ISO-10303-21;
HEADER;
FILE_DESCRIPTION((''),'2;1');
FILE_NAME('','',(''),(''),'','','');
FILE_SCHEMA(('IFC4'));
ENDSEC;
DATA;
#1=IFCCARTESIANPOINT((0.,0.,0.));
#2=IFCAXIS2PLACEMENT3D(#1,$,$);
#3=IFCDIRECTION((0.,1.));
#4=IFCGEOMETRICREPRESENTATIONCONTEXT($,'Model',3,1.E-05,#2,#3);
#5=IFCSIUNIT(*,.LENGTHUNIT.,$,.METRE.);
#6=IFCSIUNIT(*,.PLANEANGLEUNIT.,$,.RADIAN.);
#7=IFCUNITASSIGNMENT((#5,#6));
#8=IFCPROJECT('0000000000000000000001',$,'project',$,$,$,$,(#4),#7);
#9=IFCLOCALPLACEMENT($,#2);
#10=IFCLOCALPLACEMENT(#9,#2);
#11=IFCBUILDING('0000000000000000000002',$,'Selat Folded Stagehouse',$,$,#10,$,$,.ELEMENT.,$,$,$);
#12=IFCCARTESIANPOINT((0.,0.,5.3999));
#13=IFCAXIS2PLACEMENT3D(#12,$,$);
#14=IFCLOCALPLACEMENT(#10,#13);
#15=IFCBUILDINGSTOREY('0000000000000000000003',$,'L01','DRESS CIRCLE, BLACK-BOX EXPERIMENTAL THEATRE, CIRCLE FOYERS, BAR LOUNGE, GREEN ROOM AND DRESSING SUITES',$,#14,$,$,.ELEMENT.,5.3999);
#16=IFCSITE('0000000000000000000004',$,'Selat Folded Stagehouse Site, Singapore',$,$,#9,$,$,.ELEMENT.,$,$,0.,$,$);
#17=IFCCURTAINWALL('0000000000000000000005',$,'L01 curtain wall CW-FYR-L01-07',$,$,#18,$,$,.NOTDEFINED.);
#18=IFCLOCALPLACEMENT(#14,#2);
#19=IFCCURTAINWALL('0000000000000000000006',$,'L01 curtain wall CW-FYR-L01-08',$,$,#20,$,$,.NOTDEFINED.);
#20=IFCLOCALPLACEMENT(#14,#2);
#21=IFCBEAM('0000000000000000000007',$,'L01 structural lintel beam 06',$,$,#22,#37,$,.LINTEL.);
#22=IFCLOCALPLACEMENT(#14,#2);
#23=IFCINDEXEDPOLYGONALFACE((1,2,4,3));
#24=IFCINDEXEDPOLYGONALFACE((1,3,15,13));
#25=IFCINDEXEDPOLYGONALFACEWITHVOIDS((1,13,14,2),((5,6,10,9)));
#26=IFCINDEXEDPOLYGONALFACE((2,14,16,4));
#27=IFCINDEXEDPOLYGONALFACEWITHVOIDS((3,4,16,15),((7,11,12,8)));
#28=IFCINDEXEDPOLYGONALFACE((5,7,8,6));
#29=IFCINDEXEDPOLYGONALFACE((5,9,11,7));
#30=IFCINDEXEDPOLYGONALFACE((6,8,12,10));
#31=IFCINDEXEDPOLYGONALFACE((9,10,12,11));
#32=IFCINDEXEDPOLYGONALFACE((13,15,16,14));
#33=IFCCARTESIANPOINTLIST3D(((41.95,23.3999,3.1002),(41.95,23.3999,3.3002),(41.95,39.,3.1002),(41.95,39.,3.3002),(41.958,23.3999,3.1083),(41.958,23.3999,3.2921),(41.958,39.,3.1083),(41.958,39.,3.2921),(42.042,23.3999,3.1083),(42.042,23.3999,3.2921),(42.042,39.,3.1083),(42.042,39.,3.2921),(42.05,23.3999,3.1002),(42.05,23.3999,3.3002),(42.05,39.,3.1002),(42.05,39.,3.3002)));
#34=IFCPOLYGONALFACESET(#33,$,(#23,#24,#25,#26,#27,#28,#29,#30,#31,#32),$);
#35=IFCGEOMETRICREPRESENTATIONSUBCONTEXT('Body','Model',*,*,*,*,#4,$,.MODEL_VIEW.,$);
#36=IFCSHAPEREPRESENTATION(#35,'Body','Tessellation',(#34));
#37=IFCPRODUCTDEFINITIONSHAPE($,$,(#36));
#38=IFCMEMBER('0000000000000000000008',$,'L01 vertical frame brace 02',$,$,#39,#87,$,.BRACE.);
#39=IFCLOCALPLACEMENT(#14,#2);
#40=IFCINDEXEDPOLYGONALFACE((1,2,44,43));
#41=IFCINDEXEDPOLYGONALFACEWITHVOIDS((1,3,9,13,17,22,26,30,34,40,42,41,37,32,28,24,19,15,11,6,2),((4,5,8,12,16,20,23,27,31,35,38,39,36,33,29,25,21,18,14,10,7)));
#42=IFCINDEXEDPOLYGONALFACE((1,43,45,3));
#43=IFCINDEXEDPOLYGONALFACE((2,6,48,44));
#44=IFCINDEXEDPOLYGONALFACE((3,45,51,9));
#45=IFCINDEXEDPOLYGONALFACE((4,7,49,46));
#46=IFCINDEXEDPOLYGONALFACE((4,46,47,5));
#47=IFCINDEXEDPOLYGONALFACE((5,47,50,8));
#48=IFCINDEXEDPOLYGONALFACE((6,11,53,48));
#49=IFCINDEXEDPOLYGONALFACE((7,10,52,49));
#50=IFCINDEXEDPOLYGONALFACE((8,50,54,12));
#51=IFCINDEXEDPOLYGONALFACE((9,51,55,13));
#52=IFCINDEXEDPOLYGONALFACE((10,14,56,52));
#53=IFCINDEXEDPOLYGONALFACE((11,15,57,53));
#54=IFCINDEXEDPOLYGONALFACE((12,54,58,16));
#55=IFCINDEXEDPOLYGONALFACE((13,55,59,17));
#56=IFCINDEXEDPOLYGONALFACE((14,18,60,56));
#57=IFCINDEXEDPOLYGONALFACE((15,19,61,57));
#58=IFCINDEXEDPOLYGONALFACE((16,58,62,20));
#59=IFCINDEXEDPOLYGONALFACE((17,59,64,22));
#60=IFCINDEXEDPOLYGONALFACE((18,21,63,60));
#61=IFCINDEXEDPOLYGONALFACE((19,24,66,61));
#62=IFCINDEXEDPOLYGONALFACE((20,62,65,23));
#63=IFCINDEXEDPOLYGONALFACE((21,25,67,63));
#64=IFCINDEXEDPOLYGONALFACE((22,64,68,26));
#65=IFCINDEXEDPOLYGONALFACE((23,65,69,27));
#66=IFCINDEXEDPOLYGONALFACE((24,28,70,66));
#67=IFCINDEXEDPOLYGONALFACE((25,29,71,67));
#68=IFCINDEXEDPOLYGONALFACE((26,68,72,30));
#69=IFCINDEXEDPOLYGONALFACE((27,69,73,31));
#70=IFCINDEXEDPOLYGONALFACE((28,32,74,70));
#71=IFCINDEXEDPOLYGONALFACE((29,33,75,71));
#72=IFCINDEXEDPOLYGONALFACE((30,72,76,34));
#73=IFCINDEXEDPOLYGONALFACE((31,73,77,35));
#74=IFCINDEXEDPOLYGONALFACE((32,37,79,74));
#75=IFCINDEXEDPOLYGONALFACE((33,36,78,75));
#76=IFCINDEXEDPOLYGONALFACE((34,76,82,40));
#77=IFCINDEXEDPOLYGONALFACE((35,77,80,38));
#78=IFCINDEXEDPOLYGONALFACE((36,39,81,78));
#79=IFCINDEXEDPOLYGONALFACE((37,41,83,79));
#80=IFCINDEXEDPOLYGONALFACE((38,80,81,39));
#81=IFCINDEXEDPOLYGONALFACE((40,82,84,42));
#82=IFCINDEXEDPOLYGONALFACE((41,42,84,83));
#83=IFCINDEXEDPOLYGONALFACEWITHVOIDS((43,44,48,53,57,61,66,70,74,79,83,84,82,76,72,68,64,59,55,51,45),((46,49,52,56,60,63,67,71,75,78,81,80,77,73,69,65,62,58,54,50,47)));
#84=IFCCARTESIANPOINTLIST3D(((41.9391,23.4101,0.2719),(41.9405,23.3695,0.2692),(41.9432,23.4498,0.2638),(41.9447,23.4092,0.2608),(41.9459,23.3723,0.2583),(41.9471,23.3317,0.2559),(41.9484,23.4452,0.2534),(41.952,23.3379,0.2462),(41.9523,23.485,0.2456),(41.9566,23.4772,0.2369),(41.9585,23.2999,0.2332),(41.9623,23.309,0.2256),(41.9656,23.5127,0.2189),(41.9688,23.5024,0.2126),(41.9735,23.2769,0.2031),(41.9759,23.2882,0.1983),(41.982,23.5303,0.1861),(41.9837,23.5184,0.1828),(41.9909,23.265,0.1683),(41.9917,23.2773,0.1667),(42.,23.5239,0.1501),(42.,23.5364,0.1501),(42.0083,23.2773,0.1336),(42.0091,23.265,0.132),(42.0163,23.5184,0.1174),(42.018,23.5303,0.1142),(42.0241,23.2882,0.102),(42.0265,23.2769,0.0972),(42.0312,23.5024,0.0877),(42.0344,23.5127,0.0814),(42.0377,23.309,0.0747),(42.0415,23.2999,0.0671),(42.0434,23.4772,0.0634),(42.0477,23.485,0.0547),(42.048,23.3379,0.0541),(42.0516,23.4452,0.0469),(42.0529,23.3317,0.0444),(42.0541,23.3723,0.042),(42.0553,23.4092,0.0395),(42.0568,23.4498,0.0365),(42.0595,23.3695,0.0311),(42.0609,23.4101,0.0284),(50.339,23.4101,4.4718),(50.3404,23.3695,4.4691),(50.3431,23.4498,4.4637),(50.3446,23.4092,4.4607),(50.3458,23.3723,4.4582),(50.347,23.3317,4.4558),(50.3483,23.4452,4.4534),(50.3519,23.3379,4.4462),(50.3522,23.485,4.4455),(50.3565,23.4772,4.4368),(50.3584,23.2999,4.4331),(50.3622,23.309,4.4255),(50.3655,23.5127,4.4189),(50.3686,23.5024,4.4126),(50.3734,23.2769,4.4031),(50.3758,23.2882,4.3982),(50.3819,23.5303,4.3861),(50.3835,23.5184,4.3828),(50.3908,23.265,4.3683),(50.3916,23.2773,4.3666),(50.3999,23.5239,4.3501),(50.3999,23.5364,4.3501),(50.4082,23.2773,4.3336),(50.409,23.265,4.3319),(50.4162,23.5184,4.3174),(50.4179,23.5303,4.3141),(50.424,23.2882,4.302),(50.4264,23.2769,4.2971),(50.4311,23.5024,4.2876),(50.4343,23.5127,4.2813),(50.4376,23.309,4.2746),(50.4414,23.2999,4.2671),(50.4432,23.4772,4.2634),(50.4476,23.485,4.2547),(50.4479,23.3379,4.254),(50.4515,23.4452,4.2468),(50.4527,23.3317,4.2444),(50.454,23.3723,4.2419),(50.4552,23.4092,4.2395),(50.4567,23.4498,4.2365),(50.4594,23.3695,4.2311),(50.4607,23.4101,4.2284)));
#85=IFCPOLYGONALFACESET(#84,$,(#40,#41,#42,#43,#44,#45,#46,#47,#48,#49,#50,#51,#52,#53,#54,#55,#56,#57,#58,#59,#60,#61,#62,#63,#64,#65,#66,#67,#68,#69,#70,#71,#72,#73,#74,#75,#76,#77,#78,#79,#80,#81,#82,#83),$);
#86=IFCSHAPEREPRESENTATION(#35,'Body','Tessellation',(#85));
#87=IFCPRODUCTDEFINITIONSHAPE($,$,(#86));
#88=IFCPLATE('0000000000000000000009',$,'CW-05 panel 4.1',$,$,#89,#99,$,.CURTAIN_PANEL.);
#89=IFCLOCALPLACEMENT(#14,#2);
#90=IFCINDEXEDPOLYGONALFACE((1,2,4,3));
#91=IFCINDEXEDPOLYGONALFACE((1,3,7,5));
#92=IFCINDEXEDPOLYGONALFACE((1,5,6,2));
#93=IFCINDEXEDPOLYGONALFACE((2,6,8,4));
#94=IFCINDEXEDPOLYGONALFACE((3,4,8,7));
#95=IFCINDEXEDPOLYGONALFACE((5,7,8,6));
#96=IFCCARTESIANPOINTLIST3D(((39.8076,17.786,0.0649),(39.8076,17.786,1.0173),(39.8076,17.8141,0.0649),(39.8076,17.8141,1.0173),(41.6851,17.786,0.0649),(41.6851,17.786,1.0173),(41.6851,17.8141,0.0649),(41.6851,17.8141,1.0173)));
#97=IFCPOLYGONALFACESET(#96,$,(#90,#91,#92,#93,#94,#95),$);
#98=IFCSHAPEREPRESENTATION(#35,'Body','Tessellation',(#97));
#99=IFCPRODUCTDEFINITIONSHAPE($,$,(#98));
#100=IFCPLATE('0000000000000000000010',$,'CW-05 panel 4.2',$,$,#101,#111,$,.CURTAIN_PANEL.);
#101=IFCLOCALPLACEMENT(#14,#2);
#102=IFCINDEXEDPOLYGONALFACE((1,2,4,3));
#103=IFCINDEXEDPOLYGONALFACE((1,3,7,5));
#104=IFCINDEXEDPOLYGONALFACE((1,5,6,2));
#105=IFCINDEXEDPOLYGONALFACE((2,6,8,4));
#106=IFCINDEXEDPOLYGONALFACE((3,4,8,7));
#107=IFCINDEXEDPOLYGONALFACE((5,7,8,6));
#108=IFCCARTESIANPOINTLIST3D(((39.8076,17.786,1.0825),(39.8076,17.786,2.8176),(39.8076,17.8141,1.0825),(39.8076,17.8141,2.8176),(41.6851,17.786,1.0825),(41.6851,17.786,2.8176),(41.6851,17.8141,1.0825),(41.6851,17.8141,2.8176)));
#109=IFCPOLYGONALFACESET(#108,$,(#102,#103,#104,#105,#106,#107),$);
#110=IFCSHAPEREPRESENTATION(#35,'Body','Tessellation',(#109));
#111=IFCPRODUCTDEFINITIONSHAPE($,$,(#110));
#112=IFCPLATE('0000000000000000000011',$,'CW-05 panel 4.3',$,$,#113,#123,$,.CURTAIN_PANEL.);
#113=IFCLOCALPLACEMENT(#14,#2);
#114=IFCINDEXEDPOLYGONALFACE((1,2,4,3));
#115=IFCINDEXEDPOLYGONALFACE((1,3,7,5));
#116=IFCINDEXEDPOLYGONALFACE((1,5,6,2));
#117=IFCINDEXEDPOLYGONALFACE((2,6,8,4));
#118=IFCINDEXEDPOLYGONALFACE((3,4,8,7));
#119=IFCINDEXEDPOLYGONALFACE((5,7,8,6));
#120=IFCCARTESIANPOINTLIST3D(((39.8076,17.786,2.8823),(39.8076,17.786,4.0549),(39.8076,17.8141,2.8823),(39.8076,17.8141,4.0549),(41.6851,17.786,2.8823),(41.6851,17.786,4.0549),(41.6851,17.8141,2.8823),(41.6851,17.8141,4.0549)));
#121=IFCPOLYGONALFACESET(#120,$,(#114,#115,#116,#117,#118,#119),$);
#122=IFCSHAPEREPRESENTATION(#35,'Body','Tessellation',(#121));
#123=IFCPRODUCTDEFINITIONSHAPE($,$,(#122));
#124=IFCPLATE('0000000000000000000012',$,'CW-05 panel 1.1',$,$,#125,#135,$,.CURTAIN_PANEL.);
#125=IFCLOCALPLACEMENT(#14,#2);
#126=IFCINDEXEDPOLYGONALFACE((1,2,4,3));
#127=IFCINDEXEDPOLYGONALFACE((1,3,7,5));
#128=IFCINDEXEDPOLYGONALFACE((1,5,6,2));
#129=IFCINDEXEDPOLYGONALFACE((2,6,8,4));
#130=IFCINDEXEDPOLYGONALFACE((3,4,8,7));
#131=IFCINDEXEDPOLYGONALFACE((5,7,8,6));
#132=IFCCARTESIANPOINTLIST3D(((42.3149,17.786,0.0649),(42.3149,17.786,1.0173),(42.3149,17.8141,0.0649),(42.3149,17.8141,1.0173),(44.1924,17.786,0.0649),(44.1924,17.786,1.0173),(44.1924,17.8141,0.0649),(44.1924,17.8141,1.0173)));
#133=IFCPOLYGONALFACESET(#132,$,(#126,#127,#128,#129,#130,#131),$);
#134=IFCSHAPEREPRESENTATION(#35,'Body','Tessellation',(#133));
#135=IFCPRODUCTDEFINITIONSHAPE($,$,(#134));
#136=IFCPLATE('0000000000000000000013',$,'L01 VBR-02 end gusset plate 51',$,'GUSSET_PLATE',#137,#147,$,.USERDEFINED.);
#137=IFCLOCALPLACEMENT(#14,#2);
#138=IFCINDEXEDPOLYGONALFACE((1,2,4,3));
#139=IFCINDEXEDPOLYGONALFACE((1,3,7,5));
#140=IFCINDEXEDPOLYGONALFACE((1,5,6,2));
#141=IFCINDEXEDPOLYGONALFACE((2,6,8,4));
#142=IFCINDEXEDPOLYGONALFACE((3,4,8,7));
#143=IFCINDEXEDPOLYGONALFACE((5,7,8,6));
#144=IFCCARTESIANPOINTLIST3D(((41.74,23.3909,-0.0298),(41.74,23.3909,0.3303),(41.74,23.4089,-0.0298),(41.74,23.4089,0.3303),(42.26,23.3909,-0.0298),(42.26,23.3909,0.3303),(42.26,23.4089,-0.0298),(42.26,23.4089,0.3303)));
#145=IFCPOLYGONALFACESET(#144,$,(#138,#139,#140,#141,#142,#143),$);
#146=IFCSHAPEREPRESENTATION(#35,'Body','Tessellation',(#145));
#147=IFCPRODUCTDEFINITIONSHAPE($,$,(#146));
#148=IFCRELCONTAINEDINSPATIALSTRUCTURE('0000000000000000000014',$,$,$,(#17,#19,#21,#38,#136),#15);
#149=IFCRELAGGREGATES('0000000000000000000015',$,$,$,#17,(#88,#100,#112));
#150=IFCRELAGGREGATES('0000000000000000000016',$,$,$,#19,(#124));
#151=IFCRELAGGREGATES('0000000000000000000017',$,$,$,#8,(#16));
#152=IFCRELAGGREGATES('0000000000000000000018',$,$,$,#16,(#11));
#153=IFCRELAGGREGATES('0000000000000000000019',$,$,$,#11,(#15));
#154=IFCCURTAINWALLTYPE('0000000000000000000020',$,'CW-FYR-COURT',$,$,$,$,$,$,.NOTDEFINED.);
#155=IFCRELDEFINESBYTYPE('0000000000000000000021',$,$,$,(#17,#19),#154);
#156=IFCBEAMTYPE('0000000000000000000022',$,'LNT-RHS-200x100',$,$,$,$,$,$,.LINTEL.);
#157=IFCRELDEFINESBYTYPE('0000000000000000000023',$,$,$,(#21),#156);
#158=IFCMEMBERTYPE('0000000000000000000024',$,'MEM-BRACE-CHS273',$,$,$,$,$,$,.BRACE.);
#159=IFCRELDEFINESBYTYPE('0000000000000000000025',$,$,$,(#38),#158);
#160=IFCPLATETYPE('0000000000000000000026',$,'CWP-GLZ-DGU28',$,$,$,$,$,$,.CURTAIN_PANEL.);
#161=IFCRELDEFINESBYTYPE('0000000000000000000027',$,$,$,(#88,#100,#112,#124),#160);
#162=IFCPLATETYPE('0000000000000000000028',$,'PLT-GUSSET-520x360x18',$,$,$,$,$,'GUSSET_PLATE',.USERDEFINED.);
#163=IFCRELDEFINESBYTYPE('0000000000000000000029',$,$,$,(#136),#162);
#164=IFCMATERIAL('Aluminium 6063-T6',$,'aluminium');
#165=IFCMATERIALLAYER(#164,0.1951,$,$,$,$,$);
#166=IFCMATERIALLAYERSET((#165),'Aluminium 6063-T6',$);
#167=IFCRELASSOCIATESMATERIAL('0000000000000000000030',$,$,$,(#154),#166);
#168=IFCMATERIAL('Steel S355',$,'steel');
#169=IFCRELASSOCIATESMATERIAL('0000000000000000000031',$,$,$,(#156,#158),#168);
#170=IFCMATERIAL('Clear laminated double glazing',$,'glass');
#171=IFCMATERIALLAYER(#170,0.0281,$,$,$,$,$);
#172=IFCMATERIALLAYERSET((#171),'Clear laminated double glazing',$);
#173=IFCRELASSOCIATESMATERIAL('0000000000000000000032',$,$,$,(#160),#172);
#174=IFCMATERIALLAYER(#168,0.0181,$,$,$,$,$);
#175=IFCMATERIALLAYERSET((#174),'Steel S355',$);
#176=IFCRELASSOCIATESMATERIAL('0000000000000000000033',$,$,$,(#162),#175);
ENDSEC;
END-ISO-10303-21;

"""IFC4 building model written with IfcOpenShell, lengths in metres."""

from ifc_helpers import new_model, si_unit, direction, frame, origin, origin_2d, place, context, subcontext, project, spatial, rectangle, hollow_rectangle, hollow_circle, extrude, material, layer, layer_set, material_profile, profile_set, type_object, element, aggregate, save


model = new_model("IFC4")

# Units and contexts
model_context = context("Model", 3, precision=1e-05, world=origin(), true_north=direction((0.0, 1.0)))
body_context = subcontext(model_context, "Body", "Model", "MODEL_VIEW")
ifc_project = project(units=[si_unit("LENGTHUNIT", "METRE"), si_unit("PLANEANGLEUNIT", "RADIAN")], contexts=[model_context])

# Site, building, storey
site_placement = place(None, origin())
site = spatial("IfcSite", under=ifc_project, at=site_placement, Name="Selat Folded Stagehouse Site, Singapore", CompositionType="ELEMENT", RefElevation=0.0)
building_placement = place(site_placement, origin())
building = spatial("IfcBuilding", under=site, at=building_placement, Name="Selat Folded Stagehouse", CompositionType="ELEMENT")
storey_placement = place(building_placement, frame((0.0, 0.0, 5.3999)))
storey = spatial("IfcBuildingStorey", under=building, at=storey_placement, Name="L01", Description="DRESS CIRCLE, BLACK-BOX EXPERIMENTAL THEATRE, CIRCLE FOYERS, BAR LOUNGE, GREEN ROOM AND DRESSING SUITES", CompositionType="ELEMENT", Elevation=5.3999)

# Shared definitions
ifc_material_1 = material(Name="Steel S355", Category="steel")

# Curtain walls
ifc_material_2 = material(Name="Aluminium 6063-T6", Category="aluminium")
ifc_layer_1 = layer(ifc_material_2, 0.1951)
ifc_layer_set_1 = layer_set([ifc_layer_1], Name="Aluminium 6063-T6")
curtain_wall_type = type_object("IfcCurtainWallType", Name="CW-FYR-COURT", PredefinedType="NOTDEFINED", material=ifc_layer_set_1)
curtain_wall_1_placement = place(storey_placement, origin())
curtain_wall_1 = element("IfcCurtainWall", 1, at=curtain_wall_1_placement, inside=storey, type_object=curtain_wall_type, Name="L01 curtain wall CW-FYR-L01-07", PredefinedType="NOTDEFINED")
curtain_wall_2_placement = place(storey_placement, origin())
curtain_wall_2 = element("IfcCurtainWall", 2, at=curtain_wall_2_placement, inside=storey, type_object=curtain_wall_type, Name="L01 curtain wall CW-FYR-L01-08", PredefinedType="NOTDEFINED")

# Beam
ifc_material_profile_1 = material_profile(ifc_material_1, hollow_rectangle(XDim=0.1001, YDim=0.2, WallThickness=0.0081, at=origin_2d()), Name="RHS 200x100x8.0")
ifc_profile_set_1 = profile_set([ifc_material_profile_1], Name="Steel S355")
beam_type_1 = type_object("IfcBeamType", Name="LNT-RHS-200x100", PredefinedType="LINTEL", material=ifc_profile_set_1)
beam_1_placement = place(storey_placement, frame((42.0, 23.3999, 3.2002), z_axis=(0.0, 1.0, 0.0), x_axis=(-1.0, 0.0, 0.0)))
element("IfcBeam", 3, at=beam_1_placement, inside=storey, type_object=beam_type_1, Name="L01 structural lintel beam 06", PredefinedType="LINTEL", context=body_context, shape_type="SweptSolid", body=[
    extrude(hollow_rectangle(XDim=0.1001, YDim=0.2, WallThickness=0.0081, at=origin_2d()), origin(), (0.0, 0.0, 1.0), 15.6001),
])

# Member
ifc_material_profile_2 = material_profile(ifc_material_1, hollow_circle(Radius=0.1365, WallThickness=0.0125, at=origin_2d()), Name="CHS 273.0x12.5")
ifc_profile_set_2 = profile_set([ifc_material_profile_2], Name="Steel S355")
member_type_1 = type_object("IfcMemberType", Name="MEM-BRACE-CHS273", PredefinedType="BRACE", material=ifc_profile_set_2)
member_1_placement = place(storey_placement, frame((42.0, 23.3999, 0.1501), z_axis=(0.894427, 0.0, 0.447214), x_axis=(0.0, 1.0, 0.0)))
element("IfcMember", 4, at=member_1_placement, inside=storey, type_object=member_type_1, Name="L01 vertical frame brace 02", PredefinedType="BRACE", context=body_context, shape_type="SweptSolid", body=[
    extrude(hollow_circle(Radius=0.1365, WallThickness=0.0125, at=origin_2d()), origin(), (0.0, 0.0, 1.0), 9.3914),
])

# Plates
ifc_material_3 = material(Name="Clear laminated double glazing", Category="glass")
ifc_layer_2 = layer(ifc_material_3, 0.0281)
ifc_layer_set_2 = layer_set([ifc_layer_2], Name="Clear laminated double glazing")
plate_type_1 = type_object("IfcPlateType", Name="CWP-GLZ-DGU28", PredefinedType="CURTAIN_PANEL", material=ifc_layer_set_2)
plate_1_placement = place(storey_placement, frame((40.7463, 17.8, 0.0649), z_axis=(0.0, 0.0, 1.0), x_axis=(1.0, 0.0, 0.0)))
plate_1 = element("IfcPlate", 5, at=plate_1_placement, type_object=plate_type_1, Name="CW-05 panel 4.1", PredefinedType="CURTAIN_PANEL", context=body_context, shape_type="SweptSolid", body=[
    extrude(rectangle(XDim=1.8774, YDim=0.0281, at=origin_2d()), origin(), (0.0, 0.0, 1.0), 0.9524),
])
plate_2_placement = place(storey_placement, frame((40.7463, 17.8, 1.0825), z_axis=(0.0, 0.0, 1.0), x_axis=(1.0, 0.0, 0.0)))
plate_2 = element("IfcPlate", 6, at=plate_2_placement, type_object=plate_type_1, Name="CW-05 panel 4.2", PredefinedType="CURTAIN_PANEL", context=body_context, shape_type="SweptSolid", body=[
    extrude(rectangle(XDim=1.8774, YDim=0.0281, at=origin_2d()), origin(), (0.0, 0.0, 1.0), 1.7351),
])
plate_3_placement = place(storey_placement, frame((40.7463, 17.8, 2.8823), z_axis=(0.0, 0.0, 1.0), x_axis=(1.0, 0.0, 0.0)))
plate_3 = element("IfcPlate", 7, at=plate_3_placement, type_object=plate_type_1, Name="CW-05 panel 4.3", PredefinedType="CURTAIN_PANEL", context=body_context, shape_type="SweptSolid", body=[
    extrude(rectangle(XDim=1.8774, YDim=0.0281, at=origin_2d()), origin(), (0.0, 0.0, 1.0), 1.1726),
])
aggregate(curtain_wall_1, [plate_1, plate_2, plate_3])
plate_4_placement = place(storey_placement, frame((43.2537, 17.8, 0.0649), z_axis=(0.0, 0.0, 1.0), x_axis=(1.0, 0.0, 0.0)))
plate_4 = element("IfcPlate", 8, at=plate_4_placement, type_object=plate_type_1, Name="CW-05 panel 1.1", PredefinedType="CURTAIN_PANEL", context=body_context, shape_type="SweptSolid", body=[
    extrude(rectangle(XDim=1.8774, YDim=0.0281, at=origin_2d()), origin(), (0.0, 0.0, 1.0), 0.9524),
])
aggregate(curtain_wall_2, [plate_4])
ifc_layer_3 = layer(ifc_material_1, 0.0181)
ifc_layer_set_3 = layer_set([ifc_layer_3], Name="Steel S355")
plate_type_2 = type_object("IfcPlateType", Name="PLT-GUSSET-520x360x18", ElementType="GUSSET_PLATE", PredefinedType="USERDEFINED", material=ifc_layer_set_3)
plate_5_placement = place(storey_placement, frame((42.0, 23.3999, -0.0298), z_axis=(0.0, 0.0, 1.0), x_axis=(1.0, 0.0, 0.0)))
element("IfcPlate", 9, at=plate_5_placement, inside=storey, type_object=plate_type_2, Name="L01 VBR-02 end gusset plate 51", ObjectType="GUSSET_PLATE", PredefinedType="USERDEFINED", context=body_context, shape_type="SweptSolid", body=[
    extrude(rectangle(XDim=0.52, YDim=0.0181, at=origin_2d()), origin(), (0.0, 0.0, 1.0), 0.3601),
])

save(model, "model.ifc")
